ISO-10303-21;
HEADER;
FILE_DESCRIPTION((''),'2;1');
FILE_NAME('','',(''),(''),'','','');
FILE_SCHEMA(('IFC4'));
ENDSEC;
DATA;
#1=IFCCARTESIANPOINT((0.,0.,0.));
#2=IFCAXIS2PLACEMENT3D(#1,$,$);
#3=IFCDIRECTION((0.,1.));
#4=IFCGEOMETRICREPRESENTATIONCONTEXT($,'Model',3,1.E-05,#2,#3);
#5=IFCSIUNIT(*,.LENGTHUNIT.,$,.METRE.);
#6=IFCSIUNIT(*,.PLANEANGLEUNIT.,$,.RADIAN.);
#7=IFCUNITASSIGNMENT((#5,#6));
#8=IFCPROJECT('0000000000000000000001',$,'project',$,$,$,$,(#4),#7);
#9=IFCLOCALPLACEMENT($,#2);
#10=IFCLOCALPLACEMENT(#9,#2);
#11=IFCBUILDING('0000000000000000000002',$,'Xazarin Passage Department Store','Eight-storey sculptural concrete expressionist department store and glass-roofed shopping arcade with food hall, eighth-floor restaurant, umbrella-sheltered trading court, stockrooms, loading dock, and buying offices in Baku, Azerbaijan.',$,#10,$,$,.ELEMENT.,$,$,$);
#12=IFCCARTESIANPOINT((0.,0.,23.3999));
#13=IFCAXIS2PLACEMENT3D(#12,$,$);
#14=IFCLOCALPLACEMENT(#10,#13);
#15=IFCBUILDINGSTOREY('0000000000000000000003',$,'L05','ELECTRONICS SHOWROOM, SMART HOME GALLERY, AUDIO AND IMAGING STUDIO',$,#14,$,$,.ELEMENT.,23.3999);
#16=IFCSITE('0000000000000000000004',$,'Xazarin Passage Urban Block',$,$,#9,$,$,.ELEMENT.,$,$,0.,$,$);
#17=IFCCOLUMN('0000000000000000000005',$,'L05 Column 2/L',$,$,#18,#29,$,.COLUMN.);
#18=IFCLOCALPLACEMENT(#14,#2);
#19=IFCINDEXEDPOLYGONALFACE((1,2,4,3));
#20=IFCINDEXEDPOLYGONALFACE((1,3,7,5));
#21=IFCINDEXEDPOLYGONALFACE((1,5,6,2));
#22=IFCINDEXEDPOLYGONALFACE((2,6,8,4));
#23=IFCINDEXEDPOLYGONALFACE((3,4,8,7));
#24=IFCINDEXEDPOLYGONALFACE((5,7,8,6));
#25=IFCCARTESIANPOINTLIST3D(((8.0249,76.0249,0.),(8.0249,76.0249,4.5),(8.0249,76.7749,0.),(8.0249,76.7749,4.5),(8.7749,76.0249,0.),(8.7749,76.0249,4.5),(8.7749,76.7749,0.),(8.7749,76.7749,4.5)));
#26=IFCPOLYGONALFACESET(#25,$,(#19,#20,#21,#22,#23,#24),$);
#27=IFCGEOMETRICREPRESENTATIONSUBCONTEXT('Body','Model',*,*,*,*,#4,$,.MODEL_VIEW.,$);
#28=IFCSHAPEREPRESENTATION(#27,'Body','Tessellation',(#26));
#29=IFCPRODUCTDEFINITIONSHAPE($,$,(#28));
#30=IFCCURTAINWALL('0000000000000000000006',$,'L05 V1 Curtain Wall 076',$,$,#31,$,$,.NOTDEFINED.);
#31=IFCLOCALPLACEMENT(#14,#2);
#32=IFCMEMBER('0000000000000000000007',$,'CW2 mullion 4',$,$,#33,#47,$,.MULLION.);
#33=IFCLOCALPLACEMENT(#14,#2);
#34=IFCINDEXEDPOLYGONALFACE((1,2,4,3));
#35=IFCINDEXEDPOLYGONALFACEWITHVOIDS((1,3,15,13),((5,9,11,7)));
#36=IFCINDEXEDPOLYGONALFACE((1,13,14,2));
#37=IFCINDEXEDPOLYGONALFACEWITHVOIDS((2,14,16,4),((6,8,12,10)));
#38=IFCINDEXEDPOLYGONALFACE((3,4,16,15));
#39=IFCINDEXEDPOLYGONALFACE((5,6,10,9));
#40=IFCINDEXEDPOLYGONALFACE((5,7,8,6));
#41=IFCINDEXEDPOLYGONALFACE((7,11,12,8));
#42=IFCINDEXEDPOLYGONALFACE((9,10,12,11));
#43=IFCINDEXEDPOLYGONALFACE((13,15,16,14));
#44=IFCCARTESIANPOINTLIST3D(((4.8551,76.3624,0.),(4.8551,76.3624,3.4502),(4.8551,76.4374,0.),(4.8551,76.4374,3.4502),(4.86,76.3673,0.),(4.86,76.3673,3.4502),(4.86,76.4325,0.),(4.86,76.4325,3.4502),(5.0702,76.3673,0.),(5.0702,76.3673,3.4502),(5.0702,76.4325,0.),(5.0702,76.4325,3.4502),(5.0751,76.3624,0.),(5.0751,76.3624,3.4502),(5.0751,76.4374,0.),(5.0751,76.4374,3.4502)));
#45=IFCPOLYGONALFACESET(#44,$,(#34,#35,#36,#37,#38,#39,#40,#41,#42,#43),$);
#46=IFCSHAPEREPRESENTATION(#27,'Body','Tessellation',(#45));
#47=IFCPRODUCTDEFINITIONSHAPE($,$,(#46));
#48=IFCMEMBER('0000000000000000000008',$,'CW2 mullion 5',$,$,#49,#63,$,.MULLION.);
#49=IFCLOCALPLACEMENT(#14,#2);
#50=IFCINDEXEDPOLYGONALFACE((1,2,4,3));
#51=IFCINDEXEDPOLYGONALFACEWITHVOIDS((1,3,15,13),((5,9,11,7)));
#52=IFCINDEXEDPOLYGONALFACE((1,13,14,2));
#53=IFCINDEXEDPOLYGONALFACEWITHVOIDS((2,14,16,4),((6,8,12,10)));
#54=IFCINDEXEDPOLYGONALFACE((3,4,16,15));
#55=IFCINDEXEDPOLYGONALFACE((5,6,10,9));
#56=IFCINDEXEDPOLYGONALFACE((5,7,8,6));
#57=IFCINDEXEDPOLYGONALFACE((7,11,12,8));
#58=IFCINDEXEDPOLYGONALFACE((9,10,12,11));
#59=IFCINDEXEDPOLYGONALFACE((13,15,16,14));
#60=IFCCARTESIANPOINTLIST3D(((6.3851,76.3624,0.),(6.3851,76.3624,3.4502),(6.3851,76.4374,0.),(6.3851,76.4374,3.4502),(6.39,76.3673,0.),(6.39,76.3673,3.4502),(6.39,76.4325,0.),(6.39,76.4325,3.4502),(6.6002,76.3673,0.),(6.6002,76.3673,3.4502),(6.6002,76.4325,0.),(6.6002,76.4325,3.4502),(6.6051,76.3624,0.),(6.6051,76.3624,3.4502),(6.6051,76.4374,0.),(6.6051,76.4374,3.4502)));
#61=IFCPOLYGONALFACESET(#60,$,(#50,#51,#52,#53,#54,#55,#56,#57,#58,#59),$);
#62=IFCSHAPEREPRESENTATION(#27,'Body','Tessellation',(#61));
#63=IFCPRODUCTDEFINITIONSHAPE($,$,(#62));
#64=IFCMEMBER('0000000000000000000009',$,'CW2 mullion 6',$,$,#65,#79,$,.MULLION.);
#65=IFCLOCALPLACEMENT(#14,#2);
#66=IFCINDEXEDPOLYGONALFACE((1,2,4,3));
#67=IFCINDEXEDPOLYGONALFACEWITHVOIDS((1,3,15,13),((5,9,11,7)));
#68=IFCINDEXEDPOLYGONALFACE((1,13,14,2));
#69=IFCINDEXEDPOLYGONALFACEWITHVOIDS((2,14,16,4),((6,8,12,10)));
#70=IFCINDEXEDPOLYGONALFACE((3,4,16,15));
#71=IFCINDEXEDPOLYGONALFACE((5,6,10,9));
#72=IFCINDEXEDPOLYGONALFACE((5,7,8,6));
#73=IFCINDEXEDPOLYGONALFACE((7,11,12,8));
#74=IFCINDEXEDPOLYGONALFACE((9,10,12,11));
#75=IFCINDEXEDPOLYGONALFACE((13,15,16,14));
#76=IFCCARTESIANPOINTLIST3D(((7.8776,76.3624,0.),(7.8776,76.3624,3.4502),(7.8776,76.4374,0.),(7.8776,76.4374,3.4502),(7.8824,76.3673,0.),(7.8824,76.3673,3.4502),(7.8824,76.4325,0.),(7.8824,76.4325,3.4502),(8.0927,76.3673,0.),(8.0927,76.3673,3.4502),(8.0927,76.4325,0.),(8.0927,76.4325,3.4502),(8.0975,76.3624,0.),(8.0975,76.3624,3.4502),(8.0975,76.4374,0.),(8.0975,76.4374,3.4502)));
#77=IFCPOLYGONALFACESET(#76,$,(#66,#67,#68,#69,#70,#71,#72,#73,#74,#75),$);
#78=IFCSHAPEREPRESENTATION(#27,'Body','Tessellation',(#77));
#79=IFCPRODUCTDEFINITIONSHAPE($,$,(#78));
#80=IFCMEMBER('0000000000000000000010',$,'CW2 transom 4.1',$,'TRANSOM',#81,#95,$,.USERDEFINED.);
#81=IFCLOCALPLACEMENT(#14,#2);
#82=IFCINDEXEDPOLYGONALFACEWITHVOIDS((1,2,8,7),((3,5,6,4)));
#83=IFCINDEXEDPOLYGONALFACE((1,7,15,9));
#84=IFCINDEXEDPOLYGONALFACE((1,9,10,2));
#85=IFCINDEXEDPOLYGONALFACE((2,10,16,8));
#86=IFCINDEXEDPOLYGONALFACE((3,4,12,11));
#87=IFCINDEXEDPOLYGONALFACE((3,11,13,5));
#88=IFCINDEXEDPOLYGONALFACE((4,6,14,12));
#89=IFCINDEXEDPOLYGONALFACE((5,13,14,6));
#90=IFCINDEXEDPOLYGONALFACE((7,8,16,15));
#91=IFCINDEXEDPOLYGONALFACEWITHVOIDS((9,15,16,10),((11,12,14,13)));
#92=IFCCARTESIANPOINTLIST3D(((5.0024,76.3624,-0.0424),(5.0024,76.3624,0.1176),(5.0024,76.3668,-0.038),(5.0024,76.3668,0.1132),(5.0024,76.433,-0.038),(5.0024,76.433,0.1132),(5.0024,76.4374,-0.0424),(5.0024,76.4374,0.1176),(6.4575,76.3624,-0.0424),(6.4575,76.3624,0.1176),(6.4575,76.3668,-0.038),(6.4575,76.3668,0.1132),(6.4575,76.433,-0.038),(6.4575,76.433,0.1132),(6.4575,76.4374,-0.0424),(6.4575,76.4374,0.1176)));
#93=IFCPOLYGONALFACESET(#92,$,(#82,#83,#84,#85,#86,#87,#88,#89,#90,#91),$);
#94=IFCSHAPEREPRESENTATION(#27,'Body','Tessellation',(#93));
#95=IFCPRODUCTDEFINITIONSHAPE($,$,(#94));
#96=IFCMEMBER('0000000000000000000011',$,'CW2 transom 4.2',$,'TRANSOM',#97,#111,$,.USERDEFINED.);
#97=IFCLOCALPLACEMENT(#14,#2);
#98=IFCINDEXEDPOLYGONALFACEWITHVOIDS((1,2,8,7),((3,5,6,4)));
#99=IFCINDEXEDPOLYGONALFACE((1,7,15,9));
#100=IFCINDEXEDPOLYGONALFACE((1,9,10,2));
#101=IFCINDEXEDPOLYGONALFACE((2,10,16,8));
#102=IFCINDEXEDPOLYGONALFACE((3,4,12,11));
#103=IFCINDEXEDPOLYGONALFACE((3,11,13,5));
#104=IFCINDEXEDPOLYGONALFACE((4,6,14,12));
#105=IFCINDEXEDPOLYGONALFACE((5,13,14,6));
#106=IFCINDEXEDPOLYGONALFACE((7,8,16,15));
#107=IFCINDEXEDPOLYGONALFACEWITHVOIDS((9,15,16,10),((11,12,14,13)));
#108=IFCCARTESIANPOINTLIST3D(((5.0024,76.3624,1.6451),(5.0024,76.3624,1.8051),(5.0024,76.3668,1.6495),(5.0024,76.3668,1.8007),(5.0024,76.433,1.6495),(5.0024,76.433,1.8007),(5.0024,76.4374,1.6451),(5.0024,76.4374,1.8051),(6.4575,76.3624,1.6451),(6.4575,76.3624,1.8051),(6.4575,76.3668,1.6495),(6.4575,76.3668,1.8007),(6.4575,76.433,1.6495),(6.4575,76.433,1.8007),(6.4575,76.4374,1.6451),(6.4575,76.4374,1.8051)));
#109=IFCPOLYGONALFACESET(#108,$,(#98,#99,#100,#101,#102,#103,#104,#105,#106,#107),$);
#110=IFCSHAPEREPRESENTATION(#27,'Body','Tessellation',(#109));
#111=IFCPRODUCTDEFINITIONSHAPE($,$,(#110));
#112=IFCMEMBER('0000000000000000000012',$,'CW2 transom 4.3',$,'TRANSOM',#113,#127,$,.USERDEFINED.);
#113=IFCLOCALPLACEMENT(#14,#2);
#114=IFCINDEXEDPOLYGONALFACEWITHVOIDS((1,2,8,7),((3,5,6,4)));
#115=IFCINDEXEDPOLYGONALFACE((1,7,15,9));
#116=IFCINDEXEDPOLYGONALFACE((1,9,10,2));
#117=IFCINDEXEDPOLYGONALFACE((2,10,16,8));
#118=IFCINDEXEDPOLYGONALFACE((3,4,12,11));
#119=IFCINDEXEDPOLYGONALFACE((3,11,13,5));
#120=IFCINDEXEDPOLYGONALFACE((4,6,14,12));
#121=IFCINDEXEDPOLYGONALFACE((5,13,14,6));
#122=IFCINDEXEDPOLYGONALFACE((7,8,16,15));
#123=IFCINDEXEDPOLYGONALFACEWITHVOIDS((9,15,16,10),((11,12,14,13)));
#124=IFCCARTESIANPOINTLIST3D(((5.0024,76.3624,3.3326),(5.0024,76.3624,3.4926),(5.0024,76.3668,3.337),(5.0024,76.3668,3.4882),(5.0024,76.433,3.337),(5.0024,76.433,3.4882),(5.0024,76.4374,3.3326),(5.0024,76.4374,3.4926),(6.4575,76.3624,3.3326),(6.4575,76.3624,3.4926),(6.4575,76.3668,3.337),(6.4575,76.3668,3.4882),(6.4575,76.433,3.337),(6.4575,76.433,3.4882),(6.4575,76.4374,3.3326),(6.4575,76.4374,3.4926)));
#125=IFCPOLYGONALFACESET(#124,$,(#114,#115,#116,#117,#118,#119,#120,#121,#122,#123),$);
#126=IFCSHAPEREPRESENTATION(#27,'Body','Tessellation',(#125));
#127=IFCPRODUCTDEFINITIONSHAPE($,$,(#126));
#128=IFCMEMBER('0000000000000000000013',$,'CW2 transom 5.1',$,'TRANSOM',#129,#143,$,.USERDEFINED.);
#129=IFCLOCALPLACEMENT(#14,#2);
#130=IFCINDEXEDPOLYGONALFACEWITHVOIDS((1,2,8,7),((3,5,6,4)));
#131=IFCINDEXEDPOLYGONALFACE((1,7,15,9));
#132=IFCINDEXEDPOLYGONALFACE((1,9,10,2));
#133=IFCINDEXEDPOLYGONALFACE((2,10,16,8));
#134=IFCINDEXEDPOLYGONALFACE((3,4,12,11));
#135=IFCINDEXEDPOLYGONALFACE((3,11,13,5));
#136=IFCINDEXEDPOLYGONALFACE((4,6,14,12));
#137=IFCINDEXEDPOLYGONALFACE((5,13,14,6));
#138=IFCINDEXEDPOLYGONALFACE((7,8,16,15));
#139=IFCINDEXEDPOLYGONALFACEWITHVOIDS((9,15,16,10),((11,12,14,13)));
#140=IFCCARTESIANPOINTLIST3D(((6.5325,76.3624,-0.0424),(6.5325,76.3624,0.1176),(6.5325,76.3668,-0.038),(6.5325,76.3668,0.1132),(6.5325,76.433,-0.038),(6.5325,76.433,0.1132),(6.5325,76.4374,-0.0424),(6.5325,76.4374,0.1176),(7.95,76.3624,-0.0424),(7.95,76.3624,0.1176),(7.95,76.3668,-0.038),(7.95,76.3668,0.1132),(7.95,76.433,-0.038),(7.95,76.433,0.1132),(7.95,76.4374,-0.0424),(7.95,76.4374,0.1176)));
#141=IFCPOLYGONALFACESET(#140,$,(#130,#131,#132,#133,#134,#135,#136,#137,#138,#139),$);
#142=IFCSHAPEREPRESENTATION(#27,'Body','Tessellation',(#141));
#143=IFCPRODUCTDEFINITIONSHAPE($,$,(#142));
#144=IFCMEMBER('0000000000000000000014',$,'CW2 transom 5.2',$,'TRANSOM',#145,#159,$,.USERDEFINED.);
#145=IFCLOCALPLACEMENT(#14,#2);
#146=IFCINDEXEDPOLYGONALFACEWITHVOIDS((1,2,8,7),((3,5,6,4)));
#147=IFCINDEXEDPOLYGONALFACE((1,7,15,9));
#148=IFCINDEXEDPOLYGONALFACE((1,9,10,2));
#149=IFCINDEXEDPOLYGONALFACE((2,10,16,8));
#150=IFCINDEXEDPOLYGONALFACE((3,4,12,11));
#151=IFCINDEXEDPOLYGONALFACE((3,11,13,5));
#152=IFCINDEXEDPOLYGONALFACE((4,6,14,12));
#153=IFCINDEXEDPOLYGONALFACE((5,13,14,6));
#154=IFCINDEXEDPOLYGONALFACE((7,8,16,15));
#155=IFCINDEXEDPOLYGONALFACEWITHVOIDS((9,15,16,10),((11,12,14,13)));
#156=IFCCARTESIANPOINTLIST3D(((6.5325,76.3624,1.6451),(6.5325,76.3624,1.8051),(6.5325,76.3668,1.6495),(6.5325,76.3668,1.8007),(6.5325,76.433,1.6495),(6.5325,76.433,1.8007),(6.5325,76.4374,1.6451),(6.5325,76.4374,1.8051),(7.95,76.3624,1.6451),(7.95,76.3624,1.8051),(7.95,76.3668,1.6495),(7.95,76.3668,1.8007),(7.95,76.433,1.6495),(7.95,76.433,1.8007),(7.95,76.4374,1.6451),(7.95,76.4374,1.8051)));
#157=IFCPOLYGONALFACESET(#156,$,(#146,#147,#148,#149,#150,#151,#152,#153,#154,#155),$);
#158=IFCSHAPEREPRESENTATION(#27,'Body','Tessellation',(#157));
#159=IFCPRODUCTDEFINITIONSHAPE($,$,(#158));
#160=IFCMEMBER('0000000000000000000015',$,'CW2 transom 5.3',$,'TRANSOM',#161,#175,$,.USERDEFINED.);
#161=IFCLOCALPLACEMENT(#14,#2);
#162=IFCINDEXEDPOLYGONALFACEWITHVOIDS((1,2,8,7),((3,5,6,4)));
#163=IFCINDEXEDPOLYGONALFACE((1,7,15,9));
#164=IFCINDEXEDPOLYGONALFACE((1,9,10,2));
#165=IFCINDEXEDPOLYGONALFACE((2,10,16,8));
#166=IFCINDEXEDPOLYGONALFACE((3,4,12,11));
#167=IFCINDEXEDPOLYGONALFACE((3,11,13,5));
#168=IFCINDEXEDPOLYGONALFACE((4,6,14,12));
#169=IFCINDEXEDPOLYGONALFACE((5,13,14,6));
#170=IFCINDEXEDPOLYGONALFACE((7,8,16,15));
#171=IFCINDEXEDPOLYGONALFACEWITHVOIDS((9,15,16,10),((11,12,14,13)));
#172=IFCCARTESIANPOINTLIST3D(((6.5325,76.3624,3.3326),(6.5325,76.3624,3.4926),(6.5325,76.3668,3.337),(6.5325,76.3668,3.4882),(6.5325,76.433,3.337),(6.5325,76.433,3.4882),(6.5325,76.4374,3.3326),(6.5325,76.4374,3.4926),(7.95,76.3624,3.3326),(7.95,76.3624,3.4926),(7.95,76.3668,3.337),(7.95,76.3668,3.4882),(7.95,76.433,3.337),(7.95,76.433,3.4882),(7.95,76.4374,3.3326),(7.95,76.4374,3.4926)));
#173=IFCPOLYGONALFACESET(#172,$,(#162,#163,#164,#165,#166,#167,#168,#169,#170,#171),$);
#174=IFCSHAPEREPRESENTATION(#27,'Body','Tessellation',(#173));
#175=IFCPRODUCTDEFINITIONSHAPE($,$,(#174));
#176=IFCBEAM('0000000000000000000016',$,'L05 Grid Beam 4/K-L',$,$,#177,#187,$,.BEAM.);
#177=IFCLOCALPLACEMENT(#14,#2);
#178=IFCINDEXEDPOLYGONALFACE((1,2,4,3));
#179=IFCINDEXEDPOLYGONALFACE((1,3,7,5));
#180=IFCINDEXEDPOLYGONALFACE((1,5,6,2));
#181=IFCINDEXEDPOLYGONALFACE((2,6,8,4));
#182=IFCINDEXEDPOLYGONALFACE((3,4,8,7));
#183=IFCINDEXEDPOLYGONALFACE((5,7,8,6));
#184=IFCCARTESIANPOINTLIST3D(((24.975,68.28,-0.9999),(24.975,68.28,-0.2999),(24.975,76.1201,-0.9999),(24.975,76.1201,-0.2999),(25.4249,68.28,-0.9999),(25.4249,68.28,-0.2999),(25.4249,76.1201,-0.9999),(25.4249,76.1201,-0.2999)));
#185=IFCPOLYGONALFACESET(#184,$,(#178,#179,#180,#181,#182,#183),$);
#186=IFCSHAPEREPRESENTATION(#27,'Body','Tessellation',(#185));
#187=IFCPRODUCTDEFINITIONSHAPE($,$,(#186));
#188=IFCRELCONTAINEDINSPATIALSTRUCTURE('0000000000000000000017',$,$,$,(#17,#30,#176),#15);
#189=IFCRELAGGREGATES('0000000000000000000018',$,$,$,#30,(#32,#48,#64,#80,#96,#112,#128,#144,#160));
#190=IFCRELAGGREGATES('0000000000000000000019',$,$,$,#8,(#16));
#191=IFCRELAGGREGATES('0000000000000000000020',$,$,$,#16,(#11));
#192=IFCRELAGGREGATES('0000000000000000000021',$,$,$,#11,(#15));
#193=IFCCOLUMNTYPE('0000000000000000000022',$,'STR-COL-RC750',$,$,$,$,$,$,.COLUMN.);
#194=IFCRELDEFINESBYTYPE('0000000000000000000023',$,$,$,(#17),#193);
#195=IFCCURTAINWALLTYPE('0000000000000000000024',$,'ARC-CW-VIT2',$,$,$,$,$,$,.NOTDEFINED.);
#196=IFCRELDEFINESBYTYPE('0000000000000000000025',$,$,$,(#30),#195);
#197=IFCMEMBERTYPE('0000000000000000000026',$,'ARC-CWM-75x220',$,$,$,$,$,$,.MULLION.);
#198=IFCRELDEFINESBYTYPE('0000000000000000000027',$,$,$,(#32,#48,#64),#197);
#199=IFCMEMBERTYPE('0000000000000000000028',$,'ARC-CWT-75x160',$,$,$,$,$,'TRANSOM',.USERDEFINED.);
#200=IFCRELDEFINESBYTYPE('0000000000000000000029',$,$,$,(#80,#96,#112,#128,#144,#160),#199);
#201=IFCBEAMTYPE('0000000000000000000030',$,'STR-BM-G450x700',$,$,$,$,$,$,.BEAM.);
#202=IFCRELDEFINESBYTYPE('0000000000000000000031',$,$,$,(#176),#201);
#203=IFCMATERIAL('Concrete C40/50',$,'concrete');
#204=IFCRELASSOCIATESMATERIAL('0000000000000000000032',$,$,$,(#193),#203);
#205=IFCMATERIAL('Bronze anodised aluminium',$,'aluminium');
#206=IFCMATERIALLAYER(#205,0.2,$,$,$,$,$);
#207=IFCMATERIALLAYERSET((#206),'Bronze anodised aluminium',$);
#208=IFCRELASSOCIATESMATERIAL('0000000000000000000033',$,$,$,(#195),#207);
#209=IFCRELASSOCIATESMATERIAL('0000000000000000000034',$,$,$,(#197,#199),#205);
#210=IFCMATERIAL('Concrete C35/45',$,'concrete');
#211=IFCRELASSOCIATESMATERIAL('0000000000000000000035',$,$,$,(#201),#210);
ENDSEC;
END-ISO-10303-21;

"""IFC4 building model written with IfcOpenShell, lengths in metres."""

from ifc_helpers import new_model, si_unit, direction, frame, origin, origin_2d, place, context, subcontext, project, spatial, rectangle, hollow_rectangle, extrude, material, layer, layer_set, material_profile, profile_set, type_object, element, aggregate, save


model = new_model("IFC4")

# Units and contexts
model_context = context("Model", 3, precision=1e-05, world=origin(), true_north=direction((0.0, 1.0)))
body_context = subcontext(model_context, "Body", "Model", "MODEL_VIEW")
ifc_project = project(units=[si_unit("LENGTHUNIT", "METRE"), si_unit("PLANEANGLEUNIT", "RADIAN")], contexts=[model_context])

# Site, building, storey
site_placement = place(None, origin())
site = spatial("IfcSite", under=ifc_project, at=site_placement, Name="Xazarin Passage Urban Block", CompositionType="ELEMENT", RefElevation=0.0)
building_placement = place(site_placement, origin())
building = spatial("IfcBuilding", under=site, at=building_placement, Name="Xazarin Passage Department Store", Description="Eight-storey sculptural concrete expressionist department store and glass-roofed shopping arcade with food hall, eighth-floor restaurant, umbrella-sheltered trading court, stockrooms, loading dock, and buying offices in Baku, Azerbaijan.", CompositionType="ELEMENT")
storey_placement = place(building_placement, frame((0.0, 0.0, 23.3999)))
storey = spatial("IfcBuildingStorey", under=building, at=storey_placement, Name="L05", Description="ELECTRONICS SHOWROOM, SMART HOME GALLERY, AUDIO AND IMAGING STUDIO", CompositionType="ELEMENT", Elevation=23.3999)

# Column
ifc_material_1 = material(Name="Concrete C40/50", Category="concrete")
ifc_material_profile_1 = material_profile(ifc_material_1, rectangle(XDim=0.75, YDim=0.75, at=origin_2d()), Name="RC 750x750")
ifc_profile_set_1 = profile_set([ifc_material_profile_1], Name="Concrete C40/50")
column_type = type_object("IfcColumnType", Name="STR-COL-RC750", PredefinedType="COLUMN", material=ifc_profile_set_1)
column_placement = place(storey_placement, frame((8.3999, 76.3999, 0.0), z_axis=(0.0, 0.0, 1.0), x_axis=(1.0, 0.0, 0.0)))
element("IfcColumn", 1, at=column_placement, inside=storey, type_object=column_type, Name="L05 Column 2/L", PredefinedType="COLUMN", context=body_context, shape_type="SweptSolid", body=[
    extrude(rectangle(XDim=0.75, YDim=0.75, at=origin_2d()), origin(), (0.0, 0.0, 1.0), 4.5),
])

# Curtain wall, members
ifc_material_2 = material(Name="Bronze anodised aluminium", Category="aluminium")
ifc_layer_1 = layer(ifc_material_2, 0.2)
ifc_layer_set_1 = layer_set([ifc_layer_1], Name="Bronze anodised aluminium")
curtain_wall_type = type_object("IfcCurtainWallType", Name="ARC-CW-VIT2", PredefinedType="NOTDEFINED", material=ifc_layer_set_1)
curtain_wall_placement = place(storey_placement, origin())
curtain_wall = element("IfcCurtainWall", 2, at=curtain_wall_placement, inside=storey, type_object=curtain_wall_type, Name="L05 V1 Curtain Wall 076", PredefinedType="NOTDEFINED")
ifc_material_profile_2 = material_profile(ifc_material_2, hollow_rectangle(XDim=0.075, YDim=0.22, WallThickness=0.0049, at=origin_2d()), Name="ALU 75x220")
ifc_profile_set_2 = profile_set([ifc_material_profile_2], Name="Bronze anodised aluminium")
member_type_1 = type_object("IfcMemberType", Name="ARC-CWM-75x220", PredefinedType="MULLION", material=ifc_profile_set_2)
member_1_placement = place(storey_placement, frame((4.9651, 76.3999, 0.0), z_axis=(0.0, 0.0, 1.0), x_axis=(0.0, 1.0, 0.0)))
member_1 = element("IfcMember", 3, at=member_1_placement, type_object=member_type_1, Name="CW2 mullion 4", PredefinedType="MULLION", context=body_context, shape_type="SweptSolid", body=[
    extrude(hollow_rectangle(XDim=0.075, YDim=0.22, WallThickness=0.0049, at=origin_2d()), origin(), (0.0, 0.0, 1.0), 3.4502),
])
member_2_placement = place(storey_placement, frame((6.4951, 76.3999, 0.0), z_axis=(0.0, 0.0, 1.0), x_axis=(0.0, 1.0, 0.0)))
member_2 = element("IfcMember", 4, at=member_2_placement, type_object=member_type_1, Name="CW2 mullion 5", PredefinedType="MULLION", context=body_context, shape_type="SweptSolid", body=[
    extrude(hollow_rectangle(XDim=0.075, YDim=0.22, WallThickness=0.0049, at=origin_2d()), origin(), (0.0, 0.0, 1.0), 3.4502),
])
member_3_placement = place(storey_placement, frame((7.9875, 76.3999, 0.0), z_axis=(0.0, 0.0, 1.0), x_axis=(0.0, 1.0, 0.0)))
member_3 = element("IfcMember", 5, at=member_3_placement, type_object=member_type_1, Name="CW2 mullion 6", PredefinedType="MULLION", context=body_context, shape_type="SweptSolid", body=[
    extrude(hollow_rectangle(XDim=0.075, YDim=0.22, WallThickness=0.0049, at=origin_2d()), origin(), (0.0, 0.0, 1.0), 3.4502),
])
ifc_material_profile_3 = material_profile(ifc_material_2, hollow_rectangle(XDim=0.075, YDim=0.1599, WallThickness=0.0044, at=origin_2d()), Name="ALU 75x160")
ifc_profile_set_3 = profile_set([ifc_material_profile_3], Name="Bronze anodised aluminium")
member_type_2 = type_object("IfcMemberType", Name="ARC-CWT-75x160", ElementType="TRANSOM", PredefinedType="USERDEFINED", material=ifc_profile_set_3)
member_4_placement = place(storey_placement, frame((5.0024, 76.3999, 0.0376), z_axis=(1.0, 0.0, 0.0), x_axis=(0.0, 1.0, 0.0)))
member_4 = element("IfcMember", 6, at=member_4_placement, type_object=member_type_2, Name="CW2 transom 4.1", ObjectType="TRANSOM", PredefinedType="USERDEFINED", context=body_context, shape_type="SweptSolid", body=[
    extrude(hollow_rectangle(XDim=0.075, YDim=0.1599, WallThickness=0.0044, at=origin_2d()), origin(), (0.0, 0.0, 1.0), 1.4551),
])
member_5_placement = place(storey_placement, frame((5.0024, 76.3999, 1.7251), z_axis=(1.0, 0.0, 0.0), x_axis=(0.0, 1.0, 0.0)))
member_5 = element("IfcMember", 7, at=member_5_placement, type_object=member_type_2, Name="CW2 transom 4.2", ObjectType="TRANSOM", PredefinedType="USERDEFINED", context=body_context, shape_type="SweptSolid", body=[
    extrude(hollow_rectangle(XDim=0.075, YDim=0.1599, WallThickness=0.0044, at=origin_2d()), origin(), (0.0, 0.0, 1.0), 1.4551),
])
member_6_placement = place(storey_placement, frame((5.0024, 76.3999, 3.4126), z_axis=(1.0, 0.0, 0.0), x_axis=(0.0, 1.0, 0.0)))
member_6 = element("IfcMember", 8, at=member_6_placement, type_object=member_type_2, Name="CW2 transom 4.3", ObjectType="TRANSOM", PredefinedType="USERDEFINED", context=body_context, shape_type="SweptSolid", body=[
    extrude(hollow_rectangle(XDim=0.075, YDim=0.1599, WallThickness=0.0044, at=origin_2d()), origin(), (0.0, 0.0, 1.0), 1.4551),
])
member_7_placement = place(storey_placement, frame((6.5325, 76.3999, 0.0376), z_axis=(1.0, 0.0, 0.0), x_axis=(0.0, 1.0, 0.0)))
member_7 = element("IfcMember", 9, at=member_7_placement, type_object=member_type_2, Name="CW2 transom 5.1", ObjectType="TRANSOM", PredefinedType="USERDEFINED", context=body_context, shape_type="SweptSolid", body=[
    extrude(hollow_rectangle(XDim=0.075, YDim=0.1599, WallThickness=0.0044, at=origin_2d()), origin(), (0.0, 0.0, 1.0), 1.4175),
])
member_8_placement = place(storey_placement, frame((6.5325, 76.3999, 1.7251), z_axis=(1.0, 0.0, 0.0), x_axis=(0.0, 1.0, 0.0)))
member_8 = element("IfcMember", 10, at=member_8_placement, type_object=member_type_2, Name="CW2 transom 5.2", ObjectType="TRANSOM", PredefinedType="USERDEFINED", context=body_context, shape_type="SweptSolid", body=[
    extrude(hollow_rectangle(XDim=0.075, YDim=0.1599, WallThickness=0.0044, at=origin_2d()), origin(), (0.0, 0.0, 1.0), 1.4175),
])
member_9_placement = place(storey_placement, frame((6.5325, 76.3999, 3.4126), z_axis=(1.0, 0.0, 0.0), x_axis=(0.0, 1.0, 0.0)))
member_9 = element("IfcMember", 11, at=member_9_placement, type_object=member_type_2, Name="CW2 transom 5.3", ObjectType="TRANSOM", PredefinedType="USERDEFINED", context=body_context, shape_type="SweptSolid", body=[
    extrude(hollow_rectangle(XDim=0.075, YDim=0.1599, WallThickness=0.0044, at=origin_2d()), origin(), (0.0, 0.0, 1.0), 1.4175),
])

# Beam
ifc_material_3 = material(Name="Concrete C35/45", Category="concrete")
ifc_material_profile_4 = material_profile(ifc_material_3, rectangle(XDim=0.45, YDim=0.7, at=origin_2d()), Name="RC 450x700")
ifc_profile_set_4 = profile_set([ifc_material_profile_4], Name="Concrete C35/45")
beam_type_1 = type_object("IfcBeamType", Name="STR-BM-G450x700", PredefinedType="BEAM", material=ifc_profile_set_4)
beam_placement = place(storey_placement, frame((25.2, 68.28, -0.6499), z_axis=(0.0, 1.0, 0.0), x_axis=(-1.0, 0.0, 0.0)))
element("IfcBeam", 12, at=beam_placement, inside=storey, type_object=beam_type_1, Name="L05 Grid Beam 4/K-L", PredefinedType="BEAM", context=body_context, shape_type="SweptSolid", body=[
    extrude(rectangle(XDim=0.45, YDim=0.7, at=origin_2d()), origin(), (0.0, 0.0, 1.0), 7.8401),
])

aggregate(curtain_wall, [member_1, member_2, member_3, member_4, member_5, member_6, member_7, member_8, member_9])

save(model, "model.ifc")
